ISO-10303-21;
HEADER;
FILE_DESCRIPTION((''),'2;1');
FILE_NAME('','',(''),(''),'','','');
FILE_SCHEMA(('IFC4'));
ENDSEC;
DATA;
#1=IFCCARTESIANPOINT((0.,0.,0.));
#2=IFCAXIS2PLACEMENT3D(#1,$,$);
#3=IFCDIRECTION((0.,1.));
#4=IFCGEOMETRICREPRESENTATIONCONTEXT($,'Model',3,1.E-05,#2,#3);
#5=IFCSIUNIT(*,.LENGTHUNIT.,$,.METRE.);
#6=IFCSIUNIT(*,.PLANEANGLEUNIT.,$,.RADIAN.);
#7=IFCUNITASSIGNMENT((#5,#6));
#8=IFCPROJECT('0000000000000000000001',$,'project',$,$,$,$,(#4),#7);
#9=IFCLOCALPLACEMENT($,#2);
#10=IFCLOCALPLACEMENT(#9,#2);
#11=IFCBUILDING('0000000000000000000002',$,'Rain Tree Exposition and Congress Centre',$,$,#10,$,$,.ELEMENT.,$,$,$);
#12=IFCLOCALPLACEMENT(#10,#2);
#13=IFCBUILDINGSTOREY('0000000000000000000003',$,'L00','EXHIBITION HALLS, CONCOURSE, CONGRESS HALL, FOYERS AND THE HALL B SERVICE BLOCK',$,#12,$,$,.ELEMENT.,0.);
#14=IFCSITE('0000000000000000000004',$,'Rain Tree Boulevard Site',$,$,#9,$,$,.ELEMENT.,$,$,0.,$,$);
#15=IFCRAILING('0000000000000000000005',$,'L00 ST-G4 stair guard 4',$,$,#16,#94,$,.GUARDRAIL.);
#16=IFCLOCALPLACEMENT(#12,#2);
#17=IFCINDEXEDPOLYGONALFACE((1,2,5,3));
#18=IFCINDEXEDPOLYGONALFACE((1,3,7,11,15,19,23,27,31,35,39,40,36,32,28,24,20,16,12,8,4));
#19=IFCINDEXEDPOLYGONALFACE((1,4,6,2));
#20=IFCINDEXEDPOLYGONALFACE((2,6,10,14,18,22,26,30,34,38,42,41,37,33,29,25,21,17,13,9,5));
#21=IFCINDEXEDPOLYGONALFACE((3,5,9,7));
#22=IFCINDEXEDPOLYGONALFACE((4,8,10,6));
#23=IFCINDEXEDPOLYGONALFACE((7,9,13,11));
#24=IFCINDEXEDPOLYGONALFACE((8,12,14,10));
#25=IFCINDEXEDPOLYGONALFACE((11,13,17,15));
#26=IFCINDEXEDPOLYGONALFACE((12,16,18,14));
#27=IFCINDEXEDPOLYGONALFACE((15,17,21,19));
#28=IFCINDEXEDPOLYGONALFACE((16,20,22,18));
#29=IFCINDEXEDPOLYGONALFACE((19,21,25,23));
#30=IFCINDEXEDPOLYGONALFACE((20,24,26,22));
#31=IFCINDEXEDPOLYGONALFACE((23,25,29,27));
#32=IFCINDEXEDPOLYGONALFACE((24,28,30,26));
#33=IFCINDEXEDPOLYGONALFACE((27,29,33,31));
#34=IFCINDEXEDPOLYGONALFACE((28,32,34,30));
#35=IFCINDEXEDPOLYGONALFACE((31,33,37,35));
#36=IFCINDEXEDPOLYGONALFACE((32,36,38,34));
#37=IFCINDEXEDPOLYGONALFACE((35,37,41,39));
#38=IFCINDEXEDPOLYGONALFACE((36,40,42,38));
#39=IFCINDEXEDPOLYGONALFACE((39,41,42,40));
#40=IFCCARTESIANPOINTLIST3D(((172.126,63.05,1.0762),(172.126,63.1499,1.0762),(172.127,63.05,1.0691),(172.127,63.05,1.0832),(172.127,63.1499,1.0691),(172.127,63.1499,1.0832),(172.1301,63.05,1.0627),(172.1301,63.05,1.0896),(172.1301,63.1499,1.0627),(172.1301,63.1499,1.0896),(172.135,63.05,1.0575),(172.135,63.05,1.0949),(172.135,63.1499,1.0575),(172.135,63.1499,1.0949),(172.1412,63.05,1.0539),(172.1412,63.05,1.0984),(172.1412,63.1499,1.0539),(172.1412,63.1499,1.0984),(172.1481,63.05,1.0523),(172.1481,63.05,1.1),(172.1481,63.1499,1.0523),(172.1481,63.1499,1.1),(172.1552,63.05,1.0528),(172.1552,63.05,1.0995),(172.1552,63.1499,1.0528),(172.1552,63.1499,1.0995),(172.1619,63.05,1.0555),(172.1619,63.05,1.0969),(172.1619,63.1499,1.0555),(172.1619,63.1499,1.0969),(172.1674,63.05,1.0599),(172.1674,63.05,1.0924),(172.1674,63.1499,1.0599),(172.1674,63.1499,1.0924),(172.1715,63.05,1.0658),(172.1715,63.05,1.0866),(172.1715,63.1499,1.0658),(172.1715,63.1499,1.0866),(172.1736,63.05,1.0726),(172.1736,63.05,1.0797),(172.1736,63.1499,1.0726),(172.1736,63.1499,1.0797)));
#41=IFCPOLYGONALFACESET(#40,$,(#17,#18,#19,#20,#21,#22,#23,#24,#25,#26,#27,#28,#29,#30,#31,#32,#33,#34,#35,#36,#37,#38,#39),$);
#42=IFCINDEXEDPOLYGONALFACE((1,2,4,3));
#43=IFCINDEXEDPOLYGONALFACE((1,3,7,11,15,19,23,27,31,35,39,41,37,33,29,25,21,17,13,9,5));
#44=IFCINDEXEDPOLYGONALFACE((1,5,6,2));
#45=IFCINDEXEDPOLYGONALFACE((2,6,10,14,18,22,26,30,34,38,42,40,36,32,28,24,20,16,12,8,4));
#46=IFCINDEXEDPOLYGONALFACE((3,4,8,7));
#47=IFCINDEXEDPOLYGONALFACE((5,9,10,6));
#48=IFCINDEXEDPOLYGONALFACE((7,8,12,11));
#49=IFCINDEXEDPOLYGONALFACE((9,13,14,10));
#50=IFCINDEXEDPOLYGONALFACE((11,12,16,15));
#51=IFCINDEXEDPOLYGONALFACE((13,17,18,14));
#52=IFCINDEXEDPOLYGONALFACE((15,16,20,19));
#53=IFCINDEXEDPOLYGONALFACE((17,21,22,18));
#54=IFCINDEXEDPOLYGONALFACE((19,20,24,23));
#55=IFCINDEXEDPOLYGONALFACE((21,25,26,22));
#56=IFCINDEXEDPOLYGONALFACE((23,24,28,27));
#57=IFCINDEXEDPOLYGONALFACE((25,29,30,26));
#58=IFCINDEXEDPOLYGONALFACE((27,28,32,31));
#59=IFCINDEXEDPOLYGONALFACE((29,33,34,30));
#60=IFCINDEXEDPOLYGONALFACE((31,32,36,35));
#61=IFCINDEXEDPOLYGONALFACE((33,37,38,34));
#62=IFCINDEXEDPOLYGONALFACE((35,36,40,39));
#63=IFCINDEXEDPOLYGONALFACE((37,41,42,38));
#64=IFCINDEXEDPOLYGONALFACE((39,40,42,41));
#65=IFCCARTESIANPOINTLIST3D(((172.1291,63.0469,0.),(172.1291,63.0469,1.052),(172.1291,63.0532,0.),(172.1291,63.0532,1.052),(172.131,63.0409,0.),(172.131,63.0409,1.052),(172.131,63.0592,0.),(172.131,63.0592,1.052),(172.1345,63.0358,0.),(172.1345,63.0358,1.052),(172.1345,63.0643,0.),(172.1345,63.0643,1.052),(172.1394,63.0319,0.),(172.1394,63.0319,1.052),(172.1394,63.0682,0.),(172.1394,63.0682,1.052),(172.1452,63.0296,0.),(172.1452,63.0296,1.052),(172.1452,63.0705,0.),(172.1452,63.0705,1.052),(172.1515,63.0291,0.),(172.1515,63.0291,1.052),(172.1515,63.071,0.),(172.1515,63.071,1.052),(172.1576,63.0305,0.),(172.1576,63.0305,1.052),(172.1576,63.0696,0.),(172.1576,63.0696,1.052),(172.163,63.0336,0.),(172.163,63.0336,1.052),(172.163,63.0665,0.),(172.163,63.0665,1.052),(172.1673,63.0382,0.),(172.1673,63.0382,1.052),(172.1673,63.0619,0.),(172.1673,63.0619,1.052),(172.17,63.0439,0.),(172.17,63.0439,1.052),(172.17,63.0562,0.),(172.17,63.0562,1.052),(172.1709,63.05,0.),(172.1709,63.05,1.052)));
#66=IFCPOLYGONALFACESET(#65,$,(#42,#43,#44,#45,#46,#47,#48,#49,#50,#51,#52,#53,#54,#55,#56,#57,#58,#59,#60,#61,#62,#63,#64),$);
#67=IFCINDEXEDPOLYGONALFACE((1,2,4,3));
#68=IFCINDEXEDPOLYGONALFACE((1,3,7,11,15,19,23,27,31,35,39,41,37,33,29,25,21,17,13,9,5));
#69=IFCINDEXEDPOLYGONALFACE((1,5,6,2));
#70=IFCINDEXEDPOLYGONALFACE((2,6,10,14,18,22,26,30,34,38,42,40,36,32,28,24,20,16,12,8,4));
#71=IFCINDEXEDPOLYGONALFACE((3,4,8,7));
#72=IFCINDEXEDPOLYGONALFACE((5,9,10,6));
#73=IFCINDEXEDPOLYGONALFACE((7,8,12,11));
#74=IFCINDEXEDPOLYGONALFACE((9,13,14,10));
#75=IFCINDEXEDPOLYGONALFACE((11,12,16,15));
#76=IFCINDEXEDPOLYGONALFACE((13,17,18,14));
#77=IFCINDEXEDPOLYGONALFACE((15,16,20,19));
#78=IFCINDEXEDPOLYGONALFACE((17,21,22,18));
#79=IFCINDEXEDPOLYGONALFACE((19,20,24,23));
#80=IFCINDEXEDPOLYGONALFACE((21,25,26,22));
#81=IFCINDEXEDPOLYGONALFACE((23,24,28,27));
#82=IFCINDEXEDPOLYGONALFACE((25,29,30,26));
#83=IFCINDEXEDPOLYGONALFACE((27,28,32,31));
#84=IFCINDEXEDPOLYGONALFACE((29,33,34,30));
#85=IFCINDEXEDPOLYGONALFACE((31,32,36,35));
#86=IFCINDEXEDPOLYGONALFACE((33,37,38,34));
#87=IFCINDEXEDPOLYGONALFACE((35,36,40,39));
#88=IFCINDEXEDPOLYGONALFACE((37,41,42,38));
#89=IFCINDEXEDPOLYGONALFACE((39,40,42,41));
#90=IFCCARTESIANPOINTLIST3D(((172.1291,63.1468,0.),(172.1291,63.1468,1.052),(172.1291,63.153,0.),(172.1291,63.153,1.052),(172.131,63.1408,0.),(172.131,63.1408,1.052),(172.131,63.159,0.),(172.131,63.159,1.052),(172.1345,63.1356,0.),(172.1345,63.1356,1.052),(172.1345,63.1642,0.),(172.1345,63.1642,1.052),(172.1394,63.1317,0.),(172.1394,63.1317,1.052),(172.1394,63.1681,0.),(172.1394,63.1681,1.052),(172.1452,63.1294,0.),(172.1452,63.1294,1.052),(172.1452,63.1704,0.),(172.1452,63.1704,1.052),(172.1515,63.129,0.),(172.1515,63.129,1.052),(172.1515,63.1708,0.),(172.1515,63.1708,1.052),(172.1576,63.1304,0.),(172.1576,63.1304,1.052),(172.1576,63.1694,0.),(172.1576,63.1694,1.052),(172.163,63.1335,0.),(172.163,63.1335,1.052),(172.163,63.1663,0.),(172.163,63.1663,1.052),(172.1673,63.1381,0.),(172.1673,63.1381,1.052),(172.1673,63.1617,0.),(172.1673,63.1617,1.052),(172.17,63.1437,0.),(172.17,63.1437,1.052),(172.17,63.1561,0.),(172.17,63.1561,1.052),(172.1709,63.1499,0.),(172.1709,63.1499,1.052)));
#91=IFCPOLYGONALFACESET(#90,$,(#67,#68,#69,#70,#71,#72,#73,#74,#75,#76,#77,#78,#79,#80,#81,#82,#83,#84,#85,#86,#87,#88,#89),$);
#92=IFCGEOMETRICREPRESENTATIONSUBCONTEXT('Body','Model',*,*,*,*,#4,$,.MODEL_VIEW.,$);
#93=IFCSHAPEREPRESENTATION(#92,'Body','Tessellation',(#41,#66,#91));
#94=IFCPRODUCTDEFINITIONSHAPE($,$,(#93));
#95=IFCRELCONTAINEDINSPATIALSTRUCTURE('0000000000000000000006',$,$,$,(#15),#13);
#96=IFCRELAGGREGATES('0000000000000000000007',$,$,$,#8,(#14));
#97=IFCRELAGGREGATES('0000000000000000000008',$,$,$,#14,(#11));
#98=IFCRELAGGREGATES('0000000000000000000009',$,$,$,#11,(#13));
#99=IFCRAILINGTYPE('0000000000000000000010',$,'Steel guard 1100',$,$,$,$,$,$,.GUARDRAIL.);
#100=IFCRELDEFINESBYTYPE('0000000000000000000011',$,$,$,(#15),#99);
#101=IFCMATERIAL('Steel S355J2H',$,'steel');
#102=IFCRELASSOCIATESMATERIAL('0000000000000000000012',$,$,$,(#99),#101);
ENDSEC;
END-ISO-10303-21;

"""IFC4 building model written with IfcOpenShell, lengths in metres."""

from ifc_helpers import new_model, si_unit, direction, frame, origin, origin_2d, place, context, subcontext, project, spatial, circle, extrude, material, type_object, element, save


model = new_model("IFC4")

# Units and contexts
model_context = context("Model", 3, precision=1e-05, world=origin(), true_north=direction((0.0, 1.0)))
body_context = subcontext(model_context, "Body", "Model", "MODEL_VIEW")
ifc_project = project(units=[si_unit("LENGTHUNIT", "METRE"), si_unit("PLANEANGLEUNIT", "RADIAN")], contexts=[model_context])

# Site, building, storey
site_placement = place(None, origin())
site = spatial("IfcSite", under=ifc_project, at=site_placement, Name="Rain Tree Boulevard Site", CompositionType="ELEMENT", RefElevation=0.0)
building_placement = place(site_placement, origin())
building = spatial("IfcBuilding", under=site, at=building_placement, Name="Rain Tree Exposition and Congress Centre", CompositionType="ELEMENT")
storey_placement = place(building_placement, origin())
storey = spatial("IfcBuildingStorey", under=building, at=storey_placement, Name="L00", Description="EXHIBITION HALLS, CONCOURSE, CONGRESS HALL, FOYERS AND THE HALL B SERVICE BLOCK", CompositionType="ELEMENT", Elevation=0.0)

# Railing
ifc_material_1 = material(Name="Steel S355J2H", Category="steel")
railing_type_1 = type_object("IfcRailingType", Name="Steel guard 1100", PredefinedType="GUARDRAIL", material=ifc_material_1)
railing_1_placement = place(storey_placement, frame((172.1499, 63.05, 0.0)))
element("IfcRailing", 1, at=railing_1_placement, inside=storey, type_object=railing_type_1, Name="L00 ST-G4 stair guard 4", PredefinedType="GUARDRAIL", context=body_context, shape_type="SweptSolid", body=[
    extrude(circle(Radius=0.0239, at=origin_2d()), frame((0.0, 0.0, 1.0762), z_axis=(0.0, 1.0, 0.0), x_axis=(-1.0, 0.0, 0.0)), (0.0, 0.0, 1.0), 0.0999),
    extrude(circle(Radius=0.021, at=origin_2d()), origin(), (0.0, 0.0, 1.0), 1.052),
    extrude(circle(Radius=0.021, at=origin_2d()), frame((0.0, 0.0999, 0.0)), (0.0, 0.0, 1.0), 1.052),
])

save(model, "model.ifc")
